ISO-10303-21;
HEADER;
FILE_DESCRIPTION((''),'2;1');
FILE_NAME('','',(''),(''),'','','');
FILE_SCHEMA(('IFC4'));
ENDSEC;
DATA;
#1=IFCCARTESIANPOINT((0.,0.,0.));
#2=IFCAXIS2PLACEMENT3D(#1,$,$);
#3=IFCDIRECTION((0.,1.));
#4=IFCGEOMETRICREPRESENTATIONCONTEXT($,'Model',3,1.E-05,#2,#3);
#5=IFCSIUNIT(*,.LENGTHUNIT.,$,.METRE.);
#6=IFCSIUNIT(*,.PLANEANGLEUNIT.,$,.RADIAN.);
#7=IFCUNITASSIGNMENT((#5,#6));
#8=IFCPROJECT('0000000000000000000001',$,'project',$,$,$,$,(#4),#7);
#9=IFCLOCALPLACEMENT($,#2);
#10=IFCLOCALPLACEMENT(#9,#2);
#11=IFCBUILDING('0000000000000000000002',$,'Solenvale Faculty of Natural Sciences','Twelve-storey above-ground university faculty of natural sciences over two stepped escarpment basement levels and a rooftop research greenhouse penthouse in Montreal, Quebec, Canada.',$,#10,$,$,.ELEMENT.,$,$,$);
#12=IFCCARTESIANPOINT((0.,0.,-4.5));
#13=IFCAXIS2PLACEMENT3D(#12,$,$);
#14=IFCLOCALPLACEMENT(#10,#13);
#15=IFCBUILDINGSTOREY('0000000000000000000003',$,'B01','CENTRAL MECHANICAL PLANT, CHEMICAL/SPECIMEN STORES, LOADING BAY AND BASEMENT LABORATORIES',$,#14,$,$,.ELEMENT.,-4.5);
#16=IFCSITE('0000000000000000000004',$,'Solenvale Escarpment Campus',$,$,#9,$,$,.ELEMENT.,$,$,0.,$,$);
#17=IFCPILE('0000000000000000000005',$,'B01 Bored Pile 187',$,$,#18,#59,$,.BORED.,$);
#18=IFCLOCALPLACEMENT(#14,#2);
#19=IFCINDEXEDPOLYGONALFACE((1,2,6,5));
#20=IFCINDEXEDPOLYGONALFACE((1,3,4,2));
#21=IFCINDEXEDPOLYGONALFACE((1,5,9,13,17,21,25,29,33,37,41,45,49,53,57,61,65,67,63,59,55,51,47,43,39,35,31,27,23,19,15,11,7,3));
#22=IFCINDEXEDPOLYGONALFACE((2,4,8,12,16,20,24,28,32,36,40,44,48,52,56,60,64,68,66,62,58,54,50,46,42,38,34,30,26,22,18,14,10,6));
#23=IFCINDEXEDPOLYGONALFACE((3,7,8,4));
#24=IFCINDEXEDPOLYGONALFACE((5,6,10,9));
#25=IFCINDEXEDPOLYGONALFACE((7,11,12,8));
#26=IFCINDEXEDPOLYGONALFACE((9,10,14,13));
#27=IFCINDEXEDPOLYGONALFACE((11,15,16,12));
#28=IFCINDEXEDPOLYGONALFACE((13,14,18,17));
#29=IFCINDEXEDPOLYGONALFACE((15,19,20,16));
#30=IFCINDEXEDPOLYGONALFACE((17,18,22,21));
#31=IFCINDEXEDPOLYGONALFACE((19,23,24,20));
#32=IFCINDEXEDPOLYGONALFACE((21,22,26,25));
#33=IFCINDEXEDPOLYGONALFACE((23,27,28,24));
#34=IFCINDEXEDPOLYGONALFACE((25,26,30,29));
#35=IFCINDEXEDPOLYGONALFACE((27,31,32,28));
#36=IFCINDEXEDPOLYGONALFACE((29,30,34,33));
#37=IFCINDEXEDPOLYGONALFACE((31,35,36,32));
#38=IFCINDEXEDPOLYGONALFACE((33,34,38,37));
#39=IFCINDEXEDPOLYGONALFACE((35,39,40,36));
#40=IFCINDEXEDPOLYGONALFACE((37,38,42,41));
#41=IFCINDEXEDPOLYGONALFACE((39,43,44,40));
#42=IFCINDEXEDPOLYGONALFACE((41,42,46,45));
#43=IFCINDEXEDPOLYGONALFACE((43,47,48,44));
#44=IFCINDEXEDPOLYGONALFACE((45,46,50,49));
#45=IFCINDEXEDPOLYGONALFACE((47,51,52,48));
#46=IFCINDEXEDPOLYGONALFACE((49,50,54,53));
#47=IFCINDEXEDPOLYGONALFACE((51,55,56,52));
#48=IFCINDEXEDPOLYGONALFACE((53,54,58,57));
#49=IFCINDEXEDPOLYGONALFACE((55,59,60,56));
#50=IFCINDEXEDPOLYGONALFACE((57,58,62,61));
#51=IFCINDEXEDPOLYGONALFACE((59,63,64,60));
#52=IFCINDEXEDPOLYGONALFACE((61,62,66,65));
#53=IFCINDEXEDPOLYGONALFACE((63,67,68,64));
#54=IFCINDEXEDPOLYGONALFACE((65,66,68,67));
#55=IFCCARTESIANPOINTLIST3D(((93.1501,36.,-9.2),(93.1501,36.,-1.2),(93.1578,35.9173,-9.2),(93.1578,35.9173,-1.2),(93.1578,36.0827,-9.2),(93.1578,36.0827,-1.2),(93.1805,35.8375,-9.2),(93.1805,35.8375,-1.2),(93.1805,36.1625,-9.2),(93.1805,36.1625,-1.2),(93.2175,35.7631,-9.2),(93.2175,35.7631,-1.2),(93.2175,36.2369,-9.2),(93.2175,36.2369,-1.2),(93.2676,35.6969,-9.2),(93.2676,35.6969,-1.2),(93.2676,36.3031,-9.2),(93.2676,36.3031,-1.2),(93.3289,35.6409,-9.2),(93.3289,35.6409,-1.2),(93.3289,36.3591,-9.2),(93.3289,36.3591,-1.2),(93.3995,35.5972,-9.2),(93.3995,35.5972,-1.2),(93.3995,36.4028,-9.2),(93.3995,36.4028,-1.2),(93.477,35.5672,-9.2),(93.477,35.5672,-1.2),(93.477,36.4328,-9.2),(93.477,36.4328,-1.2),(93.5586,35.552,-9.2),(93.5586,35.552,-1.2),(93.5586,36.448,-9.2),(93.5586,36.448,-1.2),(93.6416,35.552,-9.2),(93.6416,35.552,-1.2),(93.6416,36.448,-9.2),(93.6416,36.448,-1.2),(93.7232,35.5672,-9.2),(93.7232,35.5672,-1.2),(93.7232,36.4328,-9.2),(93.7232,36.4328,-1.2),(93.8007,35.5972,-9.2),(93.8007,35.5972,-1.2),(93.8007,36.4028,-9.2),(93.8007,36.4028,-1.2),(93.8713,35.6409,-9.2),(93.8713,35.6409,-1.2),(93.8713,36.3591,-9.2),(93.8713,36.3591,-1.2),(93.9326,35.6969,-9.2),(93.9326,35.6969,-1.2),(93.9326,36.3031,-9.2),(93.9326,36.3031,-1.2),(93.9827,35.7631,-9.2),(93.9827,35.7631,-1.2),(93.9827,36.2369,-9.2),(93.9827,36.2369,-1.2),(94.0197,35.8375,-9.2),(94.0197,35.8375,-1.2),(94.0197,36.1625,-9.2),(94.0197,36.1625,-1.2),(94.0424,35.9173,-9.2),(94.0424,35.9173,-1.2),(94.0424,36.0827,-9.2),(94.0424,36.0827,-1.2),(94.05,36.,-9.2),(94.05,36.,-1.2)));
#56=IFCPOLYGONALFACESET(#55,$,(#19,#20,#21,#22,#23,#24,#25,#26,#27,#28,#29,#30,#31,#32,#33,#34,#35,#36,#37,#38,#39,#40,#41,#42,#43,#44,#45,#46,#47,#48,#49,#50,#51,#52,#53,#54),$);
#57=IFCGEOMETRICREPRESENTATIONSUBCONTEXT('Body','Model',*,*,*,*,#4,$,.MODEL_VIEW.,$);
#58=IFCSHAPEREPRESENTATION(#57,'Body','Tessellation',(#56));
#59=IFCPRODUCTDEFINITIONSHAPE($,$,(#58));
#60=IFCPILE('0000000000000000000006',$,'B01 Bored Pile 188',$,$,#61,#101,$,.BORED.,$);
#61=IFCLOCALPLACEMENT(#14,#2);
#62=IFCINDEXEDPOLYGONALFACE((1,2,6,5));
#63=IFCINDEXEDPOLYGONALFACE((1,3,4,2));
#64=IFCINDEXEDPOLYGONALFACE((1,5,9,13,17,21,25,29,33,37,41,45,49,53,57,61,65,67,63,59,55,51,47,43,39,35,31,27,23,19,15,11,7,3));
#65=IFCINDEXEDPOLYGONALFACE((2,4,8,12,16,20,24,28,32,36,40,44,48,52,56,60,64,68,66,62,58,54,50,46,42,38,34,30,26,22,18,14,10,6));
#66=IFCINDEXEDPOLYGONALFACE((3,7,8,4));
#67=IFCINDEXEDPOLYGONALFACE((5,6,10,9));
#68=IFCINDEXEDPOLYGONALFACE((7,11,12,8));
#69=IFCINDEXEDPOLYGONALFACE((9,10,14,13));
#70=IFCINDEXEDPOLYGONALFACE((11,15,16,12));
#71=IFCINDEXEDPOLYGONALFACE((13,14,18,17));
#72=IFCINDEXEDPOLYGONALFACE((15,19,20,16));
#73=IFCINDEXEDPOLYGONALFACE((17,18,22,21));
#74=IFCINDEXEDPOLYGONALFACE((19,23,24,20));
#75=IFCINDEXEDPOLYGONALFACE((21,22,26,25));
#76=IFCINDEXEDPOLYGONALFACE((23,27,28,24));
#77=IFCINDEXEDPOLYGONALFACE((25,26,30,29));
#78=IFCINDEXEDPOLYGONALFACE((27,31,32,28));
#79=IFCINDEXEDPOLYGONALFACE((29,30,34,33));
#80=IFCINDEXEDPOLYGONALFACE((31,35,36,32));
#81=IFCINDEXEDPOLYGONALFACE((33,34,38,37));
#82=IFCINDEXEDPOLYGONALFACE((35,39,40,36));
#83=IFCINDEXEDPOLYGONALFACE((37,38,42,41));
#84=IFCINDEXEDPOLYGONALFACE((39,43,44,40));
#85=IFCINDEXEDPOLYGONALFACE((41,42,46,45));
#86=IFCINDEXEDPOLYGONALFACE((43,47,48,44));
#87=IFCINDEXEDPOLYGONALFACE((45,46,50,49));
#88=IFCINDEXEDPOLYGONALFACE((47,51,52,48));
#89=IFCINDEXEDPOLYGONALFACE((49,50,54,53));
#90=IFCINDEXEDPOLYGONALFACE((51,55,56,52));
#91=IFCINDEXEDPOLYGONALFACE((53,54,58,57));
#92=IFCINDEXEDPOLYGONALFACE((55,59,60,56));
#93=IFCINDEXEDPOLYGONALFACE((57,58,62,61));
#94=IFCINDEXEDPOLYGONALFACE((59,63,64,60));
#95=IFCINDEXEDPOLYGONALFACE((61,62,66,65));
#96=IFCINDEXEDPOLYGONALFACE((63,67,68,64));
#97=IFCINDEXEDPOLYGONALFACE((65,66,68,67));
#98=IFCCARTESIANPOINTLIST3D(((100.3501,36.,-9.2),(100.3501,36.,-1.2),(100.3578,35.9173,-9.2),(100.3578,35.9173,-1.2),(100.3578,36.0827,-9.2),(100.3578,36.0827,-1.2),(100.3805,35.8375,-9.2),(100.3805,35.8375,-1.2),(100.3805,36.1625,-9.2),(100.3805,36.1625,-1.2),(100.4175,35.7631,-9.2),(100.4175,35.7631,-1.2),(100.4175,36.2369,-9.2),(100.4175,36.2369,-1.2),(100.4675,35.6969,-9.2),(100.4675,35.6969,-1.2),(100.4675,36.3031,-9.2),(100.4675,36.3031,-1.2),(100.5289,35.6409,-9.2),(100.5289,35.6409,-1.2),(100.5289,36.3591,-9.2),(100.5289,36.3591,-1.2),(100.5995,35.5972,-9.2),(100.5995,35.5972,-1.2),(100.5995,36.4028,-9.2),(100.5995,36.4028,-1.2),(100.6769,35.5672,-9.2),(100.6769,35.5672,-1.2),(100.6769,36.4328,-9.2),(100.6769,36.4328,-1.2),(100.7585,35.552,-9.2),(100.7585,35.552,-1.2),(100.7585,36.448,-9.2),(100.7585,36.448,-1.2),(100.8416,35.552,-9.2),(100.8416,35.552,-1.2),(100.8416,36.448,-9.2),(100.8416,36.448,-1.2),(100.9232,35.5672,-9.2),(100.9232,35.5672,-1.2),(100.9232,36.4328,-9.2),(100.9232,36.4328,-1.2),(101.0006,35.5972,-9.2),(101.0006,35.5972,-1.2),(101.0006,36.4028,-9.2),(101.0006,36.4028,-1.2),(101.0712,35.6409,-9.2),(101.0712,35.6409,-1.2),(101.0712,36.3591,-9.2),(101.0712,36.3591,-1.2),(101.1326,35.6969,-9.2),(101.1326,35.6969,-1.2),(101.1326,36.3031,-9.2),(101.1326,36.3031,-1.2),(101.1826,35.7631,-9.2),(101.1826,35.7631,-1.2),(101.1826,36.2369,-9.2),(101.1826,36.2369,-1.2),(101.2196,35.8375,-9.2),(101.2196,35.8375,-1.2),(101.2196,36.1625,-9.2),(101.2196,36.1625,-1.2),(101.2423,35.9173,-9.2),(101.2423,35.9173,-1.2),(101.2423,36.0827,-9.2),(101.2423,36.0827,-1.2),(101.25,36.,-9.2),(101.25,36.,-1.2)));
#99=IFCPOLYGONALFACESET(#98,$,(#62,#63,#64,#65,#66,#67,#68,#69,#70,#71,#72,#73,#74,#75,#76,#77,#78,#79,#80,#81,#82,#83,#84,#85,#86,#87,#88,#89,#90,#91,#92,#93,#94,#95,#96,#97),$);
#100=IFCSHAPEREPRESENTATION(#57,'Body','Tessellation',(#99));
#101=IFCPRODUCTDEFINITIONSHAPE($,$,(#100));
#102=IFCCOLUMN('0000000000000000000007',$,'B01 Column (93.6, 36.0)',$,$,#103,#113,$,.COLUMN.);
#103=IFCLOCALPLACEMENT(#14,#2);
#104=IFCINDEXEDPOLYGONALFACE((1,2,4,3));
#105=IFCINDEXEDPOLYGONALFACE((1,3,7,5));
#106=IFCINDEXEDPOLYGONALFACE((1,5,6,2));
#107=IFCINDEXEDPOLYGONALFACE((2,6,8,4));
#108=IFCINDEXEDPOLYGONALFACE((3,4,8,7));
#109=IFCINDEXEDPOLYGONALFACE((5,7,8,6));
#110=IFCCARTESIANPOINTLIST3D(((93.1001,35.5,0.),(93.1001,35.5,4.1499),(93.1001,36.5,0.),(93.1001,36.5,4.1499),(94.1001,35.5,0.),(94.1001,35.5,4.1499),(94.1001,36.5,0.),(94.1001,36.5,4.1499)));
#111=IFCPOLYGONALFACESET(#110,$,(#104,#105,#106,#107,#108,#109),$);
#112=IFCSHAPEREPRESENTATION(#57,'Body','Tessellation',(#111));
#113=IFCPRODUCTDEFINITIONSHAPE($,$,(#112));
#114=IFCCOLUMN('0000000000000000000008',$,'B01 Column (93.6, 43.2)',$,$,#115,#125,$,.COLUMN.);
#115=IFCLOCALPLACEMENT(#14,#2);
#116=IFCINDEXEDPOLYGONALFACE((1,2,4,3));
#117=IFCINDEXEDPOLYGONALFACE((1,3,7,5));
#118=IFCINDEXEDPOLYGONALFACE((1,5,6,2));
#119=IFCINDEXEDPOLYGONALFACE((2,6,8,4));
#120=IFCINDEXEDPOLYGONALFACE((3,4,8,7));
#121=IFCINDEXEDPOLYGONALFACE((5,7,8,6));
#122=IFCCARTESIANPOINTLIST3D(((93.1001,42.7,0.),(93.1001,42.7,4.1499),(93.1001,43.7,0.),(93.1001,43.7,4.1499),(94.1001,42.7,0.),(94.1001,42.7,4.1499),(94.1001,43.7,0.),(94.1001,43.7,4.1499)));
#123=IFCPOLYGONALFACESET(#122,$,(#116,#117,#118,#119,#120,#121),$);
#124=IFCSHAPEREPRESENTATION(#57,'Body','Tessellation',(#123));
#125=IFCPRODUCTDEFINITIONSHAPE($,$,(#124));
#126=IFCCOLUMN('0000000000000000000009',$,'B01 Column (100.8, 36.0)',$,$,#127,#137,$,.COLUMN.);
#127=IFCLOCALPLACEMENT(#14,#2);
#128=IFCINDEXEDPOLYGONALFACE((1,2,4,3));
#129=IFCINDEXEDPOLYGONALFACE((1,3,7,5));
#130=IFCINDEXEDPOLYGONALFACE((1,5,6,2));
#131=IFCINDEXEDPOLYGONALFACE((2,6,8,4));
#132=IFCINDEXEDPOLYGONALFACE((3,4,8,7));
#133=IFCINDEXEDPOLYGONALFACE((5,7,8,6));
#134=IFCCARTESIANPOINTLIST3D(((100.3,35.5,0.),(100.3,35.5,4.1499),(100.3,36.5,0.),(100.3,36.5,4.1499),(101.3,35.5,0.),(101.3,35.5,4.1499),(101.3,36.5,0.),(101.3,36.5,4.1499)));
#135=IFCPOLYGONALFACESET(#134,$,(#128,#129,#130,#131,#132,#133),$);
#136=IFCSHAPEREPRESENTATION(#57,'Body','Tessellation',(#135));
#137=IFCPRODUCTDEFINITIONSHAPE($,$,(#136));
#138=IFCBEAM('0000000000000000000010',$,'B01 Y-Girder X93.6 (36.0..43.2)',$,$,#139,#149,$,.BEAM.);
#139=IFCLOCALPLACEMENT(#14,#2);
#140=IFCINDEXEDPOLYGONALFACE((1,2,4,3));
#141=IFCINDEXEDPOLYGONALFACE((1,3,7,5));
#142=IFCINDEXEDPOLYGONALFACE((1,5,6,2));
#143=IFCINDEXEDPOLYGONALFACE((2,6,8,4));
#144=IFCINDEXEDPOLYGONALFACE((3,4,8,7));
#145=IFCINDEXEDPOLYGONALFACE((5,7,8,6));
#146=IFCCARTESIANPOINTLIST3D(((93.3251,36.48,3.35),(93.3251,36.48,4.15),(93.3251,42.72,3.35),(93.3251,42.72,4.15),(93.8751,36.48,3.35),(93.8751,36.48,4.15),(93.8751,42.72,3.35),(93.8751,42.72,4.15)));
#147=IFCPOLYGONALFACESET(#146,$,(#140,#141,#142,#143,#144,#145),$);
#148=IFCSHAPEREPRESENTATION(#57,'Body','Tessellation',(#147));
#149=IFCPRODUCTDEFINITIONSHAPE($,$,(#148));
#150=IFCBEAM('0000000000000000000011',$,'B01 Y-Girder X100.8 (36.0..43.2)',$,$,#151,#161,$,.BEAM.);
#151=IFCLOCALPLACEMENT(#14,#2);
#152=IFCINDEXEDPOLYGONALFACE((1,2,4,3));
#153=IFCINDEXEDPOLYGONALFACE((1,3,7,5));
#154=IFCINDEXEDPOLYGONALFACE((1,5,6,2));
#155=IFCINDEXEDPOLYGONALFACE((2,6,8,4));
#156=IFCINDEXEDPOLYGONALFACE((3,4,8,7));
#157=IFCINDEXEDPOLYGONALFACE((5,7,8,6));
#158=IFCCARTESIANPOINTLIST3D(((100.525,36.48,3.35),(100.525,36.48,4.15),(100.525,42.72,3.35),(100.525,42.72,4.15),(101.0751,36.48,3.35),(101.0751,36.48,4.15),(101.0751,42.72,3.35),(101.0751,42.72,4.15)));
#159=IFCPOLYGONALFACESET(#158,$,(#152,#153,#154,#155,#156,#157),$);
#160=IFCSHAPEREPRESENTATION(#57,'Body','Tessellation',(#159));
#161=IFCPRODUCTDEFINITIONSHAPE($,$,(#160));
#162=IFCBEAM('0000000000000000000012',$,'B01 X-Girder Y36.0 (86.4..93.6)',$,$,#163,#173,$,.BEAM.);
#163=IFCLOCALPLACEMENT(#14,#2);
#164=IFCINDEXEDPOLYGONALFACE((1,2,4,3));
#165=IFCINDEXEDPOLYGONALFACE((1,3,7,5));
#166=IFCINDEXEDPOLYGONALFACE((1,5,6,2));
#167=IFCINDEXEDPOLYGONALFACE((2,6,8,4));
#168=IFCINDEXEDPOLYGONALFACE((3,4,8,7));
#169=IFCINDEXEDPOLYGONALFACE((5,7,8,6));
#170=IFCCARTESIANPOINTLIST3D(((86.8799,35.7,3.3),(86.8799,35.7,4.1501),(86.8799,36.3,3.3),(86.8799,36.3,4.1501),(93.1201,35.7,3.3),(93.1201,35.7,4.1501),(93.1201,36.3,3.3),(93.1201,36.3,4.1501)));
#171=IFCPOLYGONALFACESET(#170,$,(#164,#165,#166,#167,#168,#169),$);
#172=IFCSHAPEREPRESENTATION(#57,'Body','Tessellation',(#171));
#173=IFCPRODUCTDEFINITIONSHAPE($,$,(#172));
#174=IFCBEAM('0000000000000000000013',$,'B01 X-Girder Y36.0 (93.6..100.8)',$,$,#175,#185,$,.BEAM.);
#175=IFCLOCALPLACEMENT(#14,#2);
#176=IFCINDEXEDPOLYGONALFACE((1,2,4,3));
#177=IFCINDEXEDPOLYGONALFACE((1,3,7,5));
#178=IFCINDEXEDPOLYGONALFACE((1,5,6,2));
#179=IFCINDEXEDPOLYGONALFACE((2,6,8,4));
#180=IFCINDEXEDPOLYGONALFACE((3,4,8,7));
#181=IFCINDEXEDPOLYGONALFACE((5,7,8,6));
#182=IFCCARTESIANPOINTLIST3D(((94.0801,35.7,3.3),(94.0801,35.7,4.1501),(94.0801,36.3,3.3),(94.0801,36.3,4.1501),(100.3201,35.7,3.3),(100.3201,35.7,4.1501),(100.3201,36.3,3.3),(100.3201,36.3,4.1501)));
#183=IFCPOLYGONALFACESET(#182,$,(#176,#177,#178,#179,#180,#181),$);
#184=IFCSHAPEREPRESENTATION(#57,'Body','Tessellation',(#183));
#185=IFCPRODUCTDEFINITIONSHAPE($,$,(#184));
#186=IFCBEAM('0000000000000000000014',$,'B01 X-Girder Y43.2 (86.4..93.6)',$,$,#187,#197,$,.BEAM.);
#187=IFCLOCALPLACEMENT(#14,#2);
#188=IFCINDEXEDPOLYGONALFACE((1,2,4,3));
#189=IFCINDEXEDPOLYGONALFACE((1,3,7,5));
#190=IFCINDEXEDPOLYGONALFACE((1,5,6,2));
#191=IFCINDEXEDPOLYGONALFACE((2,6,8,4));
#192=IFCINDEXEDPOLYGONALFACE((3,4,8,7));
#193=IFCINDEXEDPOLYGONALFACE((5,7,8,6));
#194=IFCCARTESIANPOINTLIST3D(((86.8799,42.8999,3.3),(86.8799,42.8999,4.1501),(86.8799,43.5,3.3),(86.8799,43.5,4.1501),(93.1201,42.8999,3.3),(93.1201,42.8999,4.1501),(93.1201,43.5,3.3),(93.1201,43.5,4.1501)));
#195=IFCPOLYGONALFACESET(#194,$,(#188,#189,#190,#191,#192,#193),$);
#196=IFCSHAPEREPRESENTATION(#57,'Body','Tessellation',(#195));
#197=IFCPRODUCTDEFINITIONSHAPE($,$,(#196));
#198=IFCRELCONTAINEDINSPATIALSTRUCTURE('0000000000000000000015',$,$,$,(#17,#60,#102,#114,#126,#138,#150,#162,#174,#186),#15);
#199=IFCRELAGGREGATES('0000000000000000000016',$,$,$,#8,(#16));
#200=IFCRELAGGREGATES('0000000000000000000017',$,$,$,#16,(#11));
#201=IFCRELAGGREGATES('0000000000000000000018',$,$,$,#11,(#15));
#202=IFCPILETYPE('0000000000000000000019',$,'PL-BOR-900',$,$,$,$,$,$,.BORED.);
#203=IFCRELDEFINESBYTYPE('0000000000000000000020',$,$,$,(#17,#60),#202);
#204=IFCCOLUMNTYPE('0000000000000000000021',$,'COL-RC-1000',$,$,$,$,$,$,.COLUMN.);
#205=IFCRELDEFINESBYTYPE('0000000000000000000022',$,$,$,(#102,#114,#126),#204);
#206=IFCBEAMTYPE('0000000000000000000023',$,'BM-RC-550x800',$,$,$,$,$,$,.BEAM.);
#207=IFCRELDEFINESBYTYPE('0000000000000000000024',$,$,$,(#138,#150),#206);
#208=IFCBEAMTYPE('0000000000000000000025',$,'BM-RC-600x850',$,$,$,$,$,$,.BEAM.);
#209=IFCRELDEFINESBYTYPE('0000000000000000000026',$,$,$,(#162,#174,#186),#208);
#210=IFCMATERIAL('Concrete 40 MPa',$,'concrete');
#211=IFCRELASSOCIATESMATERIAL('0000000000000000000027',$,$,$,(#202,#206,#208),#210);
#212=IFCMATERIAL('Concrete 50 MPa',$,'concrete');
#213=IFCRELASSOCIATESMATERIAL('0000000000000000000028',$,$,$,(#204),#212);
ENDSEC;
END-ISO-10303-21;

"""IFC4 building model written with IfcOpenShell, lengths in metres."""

from ifc_helpers import new_model, si_unit, direction, frame, origin, origin_2d, place, context, subcontext, project, spatial, rectangle, circle, extrude, material, material_profile, profile_set, type_object, element, save


model = new_model("IFC4")

# Units and contexts
model_context = context("Model", 3, precision=1e-05, world=origin(), true_north=direction((0.0, 1.0)))
body_context = subcontext(model_context, "Body", "Model", "MODEL_VIEW")
ifc_project = project(units=[si_unit("LENGTHUNIT", "METRE"), si_unit("PLANEANGLEUNIT", "RADIAN")], contexts=[model_context])

# Site, building, storey
site_placement = place(None, origin())
site = spatial("IfcSite", under=ifc_project, at=site_placement, Name="Solenvale Escarpment Campus", CompositionType="ELEMENT", RefElevation=0.0)
building_placement = place(site_placement, origin())
building = spatial("IfcBuilding", under=site, at=building_placement, Name="Solenvale Faculty of Natural Sciences", Description="Twelve-storey above-ground university faculty of natural sciences over two stepped escarpment basement levels and a rooftop research greenhouse penthouse in Montreal, Quebec, Canada.", CompositionType="ELEMENT")
storey_placement = place(building_placement, frame((0.0, 0.0, -4.5)))
storey = spatial("IfcBuildingStorey", under=building, at=storey_placement, Name="B01", Description="CENTRAL MECHANICAL PLANT, CHEMICAL/SPECIMEN STORES, LOADING BAY AND BASEMENT LABORATORIES", CompositionType="ELEMENT", Elevation=-4.5)

# Shared definitions
ifc_material_1 = material(Name="Concrete 40 MPa", Category="concrete")

# Piles
ifc_material_profile_1 = material_profile(ifc_material_1, circle(Radius=0.45, at=origin_2d()), Name="PILE-D900")
ifc_profile_set_1 = profile_set([ifc_material_profile_1], Name="Concrete 40 MPa")
pile_type_1 = type_object("IfcPileType", Name="PL-BOR-900", PredefinedType="BORED", material=ifc_profile_set_1)
for number, where, z_axis, x_axis, name in (
    (1, (93.6001, 36.0, -1.2), (0.0, 0.0, -1.0), (1.0, 0.0, 0.0), "B01 Bored Pile 187"),
    (2, (100.8, 36.0, -1.2), (0.0, 0.0, -1.0), (1.0, 0.0, 0.0), "B01 Bored Pile 188"),
):
    element("IfcPile", number, at=place(storey_placement, frame(where, z_axis=z_axis, x_axis=x_axis)), inside=storey, type_object=pile_type_1, Name=name, PredefinedType="BORED", context=body_context, shape_type="SweptSolid", body=[
        extrude(circle(Radius=0.45, at=origin_2d()), origin(), (0.0, 0.0, 1.0), 8.0),
    ])

# Columns
ifc_material_2 = material(Name="Concrete 50 MPa", Category="concrete")
ifc_material_profile_2 = material_profile(ifc_material_2, rectangle(XDim=1.0, YDim=1.0, at=origin_2d()), Name="RC-COL-1000x1000")
ifc_profile_set_2 = profile_set([ifc_material_profile_2], Name="Concrete 50 MPa")
column_type = type_object("IfcColumnType", Name="COL-RC-1000", PredefinedType="COLUMN", material=ifc_profile_set_2)
for number, where, z_axis, x_axis, name in (
    (3, (93.6001, 36.0, 0.0), (0.0, 0.0, 1.0), (1.0, 0.0, 0.0), "B01 Column (93.6, 36.0)"),
    (4, (93.6001, 43.2, 0.0), (0.0, 0.0, 1.0), (1.0, 0.0, 0.0), "B01 Column (93.6, 43.2)"),
    (5, (100.8, 36.0, 0.0), (0.0, 0.0, 1.0), (1.0, 0.0, 0.0), "B01 Column (100.8, 36.0)"),
):
    element("IfcColumn", number, at=place(storey_placement, frame(where, z_axis=z_axis, x_axis=x_axis)), inside=storey, type_object=column_type, Name=name, PredefinedType="COLUMN", context=body_context, shape_type="SweptSolid", body=[
        extrude(rectangle(XDim=1.0, YDim=1.0, at=origin_2d()), origin(), (0.0, 0.0, 1.0), 4.1499),
    ])

# Beams
ifc_material_profile_3 = material_profile(ifc_material_1, rectangle(XDim=0.55, YDim=0.8, at=origin_2d()), Name="RC-BM-550x800")
ifc_profile_set_3 = profile_set([ifc_material_profile_3], Name="Concrete 40 MPa")
beam_type_1 = type_object("IfcBeamType", Name="BM-RC-550x800", PredefinedType="BEAM", material=ifc_profile_set_3)
for number, where, z_axis, x_axis, name in (
    (6, (93.6001, 36.48, 3.75), (0.0, 1.0, 0.0), (-1.0, 0.0, 0.0), "B01 Y-Girder X93.6 (36.0..43.2)"),
    (7, (100.8, 36.48, 3.75), (0.0, 1.0, 0.0), (-1.0, 0.0, 0.0), "B01 Y-Girder X100.8 (36.0..43.2)"),
):
    element("IfcBeam", number, at=place(storey_placement, frame(where, z_axis=z_axis, x_axis=x_axis)), inside=storey, type_object=beam_type_1, Name=name, PredefinedType="BEAM", context=body_context, shape_type="SweptSolid", body=[
        extrude(rectangle(XDim=0.55, YDim=0.8, at=origin_2d()), origin(), (0.0, 0.0, 1.0), 6.24),
    ])
ifc_material_profile_4 = material_profile(ifc_material_1, rectangle(XDim=0.6001, YDim=0.8501, at=origin_2d()), Name="RC-BM-600x850")
ifc_profile_set_4 = profile_set([ifc_material_profile_4], Name="Concrete 40 MPa")
beam_type_2 = type_object("IfcBeamType", Name="BM-RC-600x850", PredefinedType="BEAM", material=ifc_profile_set_4)
beam_1_placement = place(storey_placement, frame((86.8799, 36.0, 3.7251), z_axis=(1.0, 0.0, 0.0), x_axis=(0.0, 1.0, 0.0)))
element("IfcBeam", 8, at=beam_1_placement, inside=storey, type_object=beam_type_2, Name="B01 X-Girder Y36.0 (86.4..93.6)", PredefinedType="BEAM", context=body_context, shape_type="SweptSolid", body=[
    extrude(rectangle(XDim=0.6001, YDim=0.8501, at=origin_2d()), origin(), (0.0, 0.0, 1.0), 6.2402),
])
beam_2_placement = place(storey_placement, frame((94.0801, 36.0, 3.7251), z_axis=(1.0, 0.0, 0.0), x_axis=(0.0, 1.0, 0.0)))
element("IfcBeam", 9, at=beam_2_placement, inside=storey, type_object=beam_type_2, Name="B01 X-Girder Y36.0 (93.6..100.8)", PredefinedType="BEAM", context=body_context, shape_type="SweptSolid", body=[
    extrude(rectangle(XDim=0.6001, YDim=0.8501, at=origin_2d()), origin(), (0.0, 0.0, 1.0), 6.24),
])
beam_3_placement = place(storey_placement, frame((86.8799, 43.2, 3.7251), z_axis=(1.0, 0.0, 0.0), x_axis=(0.0, 1.0, 0.0)))
element("IfcBeam", 10, at=beam_3_placement, inside=storey, type_object=beam_type_2, Name="B01 X-Girder Y43.2 (86.4..93.6)", PredefinedType="BEAM", context=body_context, shape_type="SweptSolid", body=[
    extrude(rectangle(XDim=0.6001, YDim=0.8501, at=origin_2d()), origin(), (0.0, 0.0, 1.0), 6.2402),
])

save(model, "model.ifc")
